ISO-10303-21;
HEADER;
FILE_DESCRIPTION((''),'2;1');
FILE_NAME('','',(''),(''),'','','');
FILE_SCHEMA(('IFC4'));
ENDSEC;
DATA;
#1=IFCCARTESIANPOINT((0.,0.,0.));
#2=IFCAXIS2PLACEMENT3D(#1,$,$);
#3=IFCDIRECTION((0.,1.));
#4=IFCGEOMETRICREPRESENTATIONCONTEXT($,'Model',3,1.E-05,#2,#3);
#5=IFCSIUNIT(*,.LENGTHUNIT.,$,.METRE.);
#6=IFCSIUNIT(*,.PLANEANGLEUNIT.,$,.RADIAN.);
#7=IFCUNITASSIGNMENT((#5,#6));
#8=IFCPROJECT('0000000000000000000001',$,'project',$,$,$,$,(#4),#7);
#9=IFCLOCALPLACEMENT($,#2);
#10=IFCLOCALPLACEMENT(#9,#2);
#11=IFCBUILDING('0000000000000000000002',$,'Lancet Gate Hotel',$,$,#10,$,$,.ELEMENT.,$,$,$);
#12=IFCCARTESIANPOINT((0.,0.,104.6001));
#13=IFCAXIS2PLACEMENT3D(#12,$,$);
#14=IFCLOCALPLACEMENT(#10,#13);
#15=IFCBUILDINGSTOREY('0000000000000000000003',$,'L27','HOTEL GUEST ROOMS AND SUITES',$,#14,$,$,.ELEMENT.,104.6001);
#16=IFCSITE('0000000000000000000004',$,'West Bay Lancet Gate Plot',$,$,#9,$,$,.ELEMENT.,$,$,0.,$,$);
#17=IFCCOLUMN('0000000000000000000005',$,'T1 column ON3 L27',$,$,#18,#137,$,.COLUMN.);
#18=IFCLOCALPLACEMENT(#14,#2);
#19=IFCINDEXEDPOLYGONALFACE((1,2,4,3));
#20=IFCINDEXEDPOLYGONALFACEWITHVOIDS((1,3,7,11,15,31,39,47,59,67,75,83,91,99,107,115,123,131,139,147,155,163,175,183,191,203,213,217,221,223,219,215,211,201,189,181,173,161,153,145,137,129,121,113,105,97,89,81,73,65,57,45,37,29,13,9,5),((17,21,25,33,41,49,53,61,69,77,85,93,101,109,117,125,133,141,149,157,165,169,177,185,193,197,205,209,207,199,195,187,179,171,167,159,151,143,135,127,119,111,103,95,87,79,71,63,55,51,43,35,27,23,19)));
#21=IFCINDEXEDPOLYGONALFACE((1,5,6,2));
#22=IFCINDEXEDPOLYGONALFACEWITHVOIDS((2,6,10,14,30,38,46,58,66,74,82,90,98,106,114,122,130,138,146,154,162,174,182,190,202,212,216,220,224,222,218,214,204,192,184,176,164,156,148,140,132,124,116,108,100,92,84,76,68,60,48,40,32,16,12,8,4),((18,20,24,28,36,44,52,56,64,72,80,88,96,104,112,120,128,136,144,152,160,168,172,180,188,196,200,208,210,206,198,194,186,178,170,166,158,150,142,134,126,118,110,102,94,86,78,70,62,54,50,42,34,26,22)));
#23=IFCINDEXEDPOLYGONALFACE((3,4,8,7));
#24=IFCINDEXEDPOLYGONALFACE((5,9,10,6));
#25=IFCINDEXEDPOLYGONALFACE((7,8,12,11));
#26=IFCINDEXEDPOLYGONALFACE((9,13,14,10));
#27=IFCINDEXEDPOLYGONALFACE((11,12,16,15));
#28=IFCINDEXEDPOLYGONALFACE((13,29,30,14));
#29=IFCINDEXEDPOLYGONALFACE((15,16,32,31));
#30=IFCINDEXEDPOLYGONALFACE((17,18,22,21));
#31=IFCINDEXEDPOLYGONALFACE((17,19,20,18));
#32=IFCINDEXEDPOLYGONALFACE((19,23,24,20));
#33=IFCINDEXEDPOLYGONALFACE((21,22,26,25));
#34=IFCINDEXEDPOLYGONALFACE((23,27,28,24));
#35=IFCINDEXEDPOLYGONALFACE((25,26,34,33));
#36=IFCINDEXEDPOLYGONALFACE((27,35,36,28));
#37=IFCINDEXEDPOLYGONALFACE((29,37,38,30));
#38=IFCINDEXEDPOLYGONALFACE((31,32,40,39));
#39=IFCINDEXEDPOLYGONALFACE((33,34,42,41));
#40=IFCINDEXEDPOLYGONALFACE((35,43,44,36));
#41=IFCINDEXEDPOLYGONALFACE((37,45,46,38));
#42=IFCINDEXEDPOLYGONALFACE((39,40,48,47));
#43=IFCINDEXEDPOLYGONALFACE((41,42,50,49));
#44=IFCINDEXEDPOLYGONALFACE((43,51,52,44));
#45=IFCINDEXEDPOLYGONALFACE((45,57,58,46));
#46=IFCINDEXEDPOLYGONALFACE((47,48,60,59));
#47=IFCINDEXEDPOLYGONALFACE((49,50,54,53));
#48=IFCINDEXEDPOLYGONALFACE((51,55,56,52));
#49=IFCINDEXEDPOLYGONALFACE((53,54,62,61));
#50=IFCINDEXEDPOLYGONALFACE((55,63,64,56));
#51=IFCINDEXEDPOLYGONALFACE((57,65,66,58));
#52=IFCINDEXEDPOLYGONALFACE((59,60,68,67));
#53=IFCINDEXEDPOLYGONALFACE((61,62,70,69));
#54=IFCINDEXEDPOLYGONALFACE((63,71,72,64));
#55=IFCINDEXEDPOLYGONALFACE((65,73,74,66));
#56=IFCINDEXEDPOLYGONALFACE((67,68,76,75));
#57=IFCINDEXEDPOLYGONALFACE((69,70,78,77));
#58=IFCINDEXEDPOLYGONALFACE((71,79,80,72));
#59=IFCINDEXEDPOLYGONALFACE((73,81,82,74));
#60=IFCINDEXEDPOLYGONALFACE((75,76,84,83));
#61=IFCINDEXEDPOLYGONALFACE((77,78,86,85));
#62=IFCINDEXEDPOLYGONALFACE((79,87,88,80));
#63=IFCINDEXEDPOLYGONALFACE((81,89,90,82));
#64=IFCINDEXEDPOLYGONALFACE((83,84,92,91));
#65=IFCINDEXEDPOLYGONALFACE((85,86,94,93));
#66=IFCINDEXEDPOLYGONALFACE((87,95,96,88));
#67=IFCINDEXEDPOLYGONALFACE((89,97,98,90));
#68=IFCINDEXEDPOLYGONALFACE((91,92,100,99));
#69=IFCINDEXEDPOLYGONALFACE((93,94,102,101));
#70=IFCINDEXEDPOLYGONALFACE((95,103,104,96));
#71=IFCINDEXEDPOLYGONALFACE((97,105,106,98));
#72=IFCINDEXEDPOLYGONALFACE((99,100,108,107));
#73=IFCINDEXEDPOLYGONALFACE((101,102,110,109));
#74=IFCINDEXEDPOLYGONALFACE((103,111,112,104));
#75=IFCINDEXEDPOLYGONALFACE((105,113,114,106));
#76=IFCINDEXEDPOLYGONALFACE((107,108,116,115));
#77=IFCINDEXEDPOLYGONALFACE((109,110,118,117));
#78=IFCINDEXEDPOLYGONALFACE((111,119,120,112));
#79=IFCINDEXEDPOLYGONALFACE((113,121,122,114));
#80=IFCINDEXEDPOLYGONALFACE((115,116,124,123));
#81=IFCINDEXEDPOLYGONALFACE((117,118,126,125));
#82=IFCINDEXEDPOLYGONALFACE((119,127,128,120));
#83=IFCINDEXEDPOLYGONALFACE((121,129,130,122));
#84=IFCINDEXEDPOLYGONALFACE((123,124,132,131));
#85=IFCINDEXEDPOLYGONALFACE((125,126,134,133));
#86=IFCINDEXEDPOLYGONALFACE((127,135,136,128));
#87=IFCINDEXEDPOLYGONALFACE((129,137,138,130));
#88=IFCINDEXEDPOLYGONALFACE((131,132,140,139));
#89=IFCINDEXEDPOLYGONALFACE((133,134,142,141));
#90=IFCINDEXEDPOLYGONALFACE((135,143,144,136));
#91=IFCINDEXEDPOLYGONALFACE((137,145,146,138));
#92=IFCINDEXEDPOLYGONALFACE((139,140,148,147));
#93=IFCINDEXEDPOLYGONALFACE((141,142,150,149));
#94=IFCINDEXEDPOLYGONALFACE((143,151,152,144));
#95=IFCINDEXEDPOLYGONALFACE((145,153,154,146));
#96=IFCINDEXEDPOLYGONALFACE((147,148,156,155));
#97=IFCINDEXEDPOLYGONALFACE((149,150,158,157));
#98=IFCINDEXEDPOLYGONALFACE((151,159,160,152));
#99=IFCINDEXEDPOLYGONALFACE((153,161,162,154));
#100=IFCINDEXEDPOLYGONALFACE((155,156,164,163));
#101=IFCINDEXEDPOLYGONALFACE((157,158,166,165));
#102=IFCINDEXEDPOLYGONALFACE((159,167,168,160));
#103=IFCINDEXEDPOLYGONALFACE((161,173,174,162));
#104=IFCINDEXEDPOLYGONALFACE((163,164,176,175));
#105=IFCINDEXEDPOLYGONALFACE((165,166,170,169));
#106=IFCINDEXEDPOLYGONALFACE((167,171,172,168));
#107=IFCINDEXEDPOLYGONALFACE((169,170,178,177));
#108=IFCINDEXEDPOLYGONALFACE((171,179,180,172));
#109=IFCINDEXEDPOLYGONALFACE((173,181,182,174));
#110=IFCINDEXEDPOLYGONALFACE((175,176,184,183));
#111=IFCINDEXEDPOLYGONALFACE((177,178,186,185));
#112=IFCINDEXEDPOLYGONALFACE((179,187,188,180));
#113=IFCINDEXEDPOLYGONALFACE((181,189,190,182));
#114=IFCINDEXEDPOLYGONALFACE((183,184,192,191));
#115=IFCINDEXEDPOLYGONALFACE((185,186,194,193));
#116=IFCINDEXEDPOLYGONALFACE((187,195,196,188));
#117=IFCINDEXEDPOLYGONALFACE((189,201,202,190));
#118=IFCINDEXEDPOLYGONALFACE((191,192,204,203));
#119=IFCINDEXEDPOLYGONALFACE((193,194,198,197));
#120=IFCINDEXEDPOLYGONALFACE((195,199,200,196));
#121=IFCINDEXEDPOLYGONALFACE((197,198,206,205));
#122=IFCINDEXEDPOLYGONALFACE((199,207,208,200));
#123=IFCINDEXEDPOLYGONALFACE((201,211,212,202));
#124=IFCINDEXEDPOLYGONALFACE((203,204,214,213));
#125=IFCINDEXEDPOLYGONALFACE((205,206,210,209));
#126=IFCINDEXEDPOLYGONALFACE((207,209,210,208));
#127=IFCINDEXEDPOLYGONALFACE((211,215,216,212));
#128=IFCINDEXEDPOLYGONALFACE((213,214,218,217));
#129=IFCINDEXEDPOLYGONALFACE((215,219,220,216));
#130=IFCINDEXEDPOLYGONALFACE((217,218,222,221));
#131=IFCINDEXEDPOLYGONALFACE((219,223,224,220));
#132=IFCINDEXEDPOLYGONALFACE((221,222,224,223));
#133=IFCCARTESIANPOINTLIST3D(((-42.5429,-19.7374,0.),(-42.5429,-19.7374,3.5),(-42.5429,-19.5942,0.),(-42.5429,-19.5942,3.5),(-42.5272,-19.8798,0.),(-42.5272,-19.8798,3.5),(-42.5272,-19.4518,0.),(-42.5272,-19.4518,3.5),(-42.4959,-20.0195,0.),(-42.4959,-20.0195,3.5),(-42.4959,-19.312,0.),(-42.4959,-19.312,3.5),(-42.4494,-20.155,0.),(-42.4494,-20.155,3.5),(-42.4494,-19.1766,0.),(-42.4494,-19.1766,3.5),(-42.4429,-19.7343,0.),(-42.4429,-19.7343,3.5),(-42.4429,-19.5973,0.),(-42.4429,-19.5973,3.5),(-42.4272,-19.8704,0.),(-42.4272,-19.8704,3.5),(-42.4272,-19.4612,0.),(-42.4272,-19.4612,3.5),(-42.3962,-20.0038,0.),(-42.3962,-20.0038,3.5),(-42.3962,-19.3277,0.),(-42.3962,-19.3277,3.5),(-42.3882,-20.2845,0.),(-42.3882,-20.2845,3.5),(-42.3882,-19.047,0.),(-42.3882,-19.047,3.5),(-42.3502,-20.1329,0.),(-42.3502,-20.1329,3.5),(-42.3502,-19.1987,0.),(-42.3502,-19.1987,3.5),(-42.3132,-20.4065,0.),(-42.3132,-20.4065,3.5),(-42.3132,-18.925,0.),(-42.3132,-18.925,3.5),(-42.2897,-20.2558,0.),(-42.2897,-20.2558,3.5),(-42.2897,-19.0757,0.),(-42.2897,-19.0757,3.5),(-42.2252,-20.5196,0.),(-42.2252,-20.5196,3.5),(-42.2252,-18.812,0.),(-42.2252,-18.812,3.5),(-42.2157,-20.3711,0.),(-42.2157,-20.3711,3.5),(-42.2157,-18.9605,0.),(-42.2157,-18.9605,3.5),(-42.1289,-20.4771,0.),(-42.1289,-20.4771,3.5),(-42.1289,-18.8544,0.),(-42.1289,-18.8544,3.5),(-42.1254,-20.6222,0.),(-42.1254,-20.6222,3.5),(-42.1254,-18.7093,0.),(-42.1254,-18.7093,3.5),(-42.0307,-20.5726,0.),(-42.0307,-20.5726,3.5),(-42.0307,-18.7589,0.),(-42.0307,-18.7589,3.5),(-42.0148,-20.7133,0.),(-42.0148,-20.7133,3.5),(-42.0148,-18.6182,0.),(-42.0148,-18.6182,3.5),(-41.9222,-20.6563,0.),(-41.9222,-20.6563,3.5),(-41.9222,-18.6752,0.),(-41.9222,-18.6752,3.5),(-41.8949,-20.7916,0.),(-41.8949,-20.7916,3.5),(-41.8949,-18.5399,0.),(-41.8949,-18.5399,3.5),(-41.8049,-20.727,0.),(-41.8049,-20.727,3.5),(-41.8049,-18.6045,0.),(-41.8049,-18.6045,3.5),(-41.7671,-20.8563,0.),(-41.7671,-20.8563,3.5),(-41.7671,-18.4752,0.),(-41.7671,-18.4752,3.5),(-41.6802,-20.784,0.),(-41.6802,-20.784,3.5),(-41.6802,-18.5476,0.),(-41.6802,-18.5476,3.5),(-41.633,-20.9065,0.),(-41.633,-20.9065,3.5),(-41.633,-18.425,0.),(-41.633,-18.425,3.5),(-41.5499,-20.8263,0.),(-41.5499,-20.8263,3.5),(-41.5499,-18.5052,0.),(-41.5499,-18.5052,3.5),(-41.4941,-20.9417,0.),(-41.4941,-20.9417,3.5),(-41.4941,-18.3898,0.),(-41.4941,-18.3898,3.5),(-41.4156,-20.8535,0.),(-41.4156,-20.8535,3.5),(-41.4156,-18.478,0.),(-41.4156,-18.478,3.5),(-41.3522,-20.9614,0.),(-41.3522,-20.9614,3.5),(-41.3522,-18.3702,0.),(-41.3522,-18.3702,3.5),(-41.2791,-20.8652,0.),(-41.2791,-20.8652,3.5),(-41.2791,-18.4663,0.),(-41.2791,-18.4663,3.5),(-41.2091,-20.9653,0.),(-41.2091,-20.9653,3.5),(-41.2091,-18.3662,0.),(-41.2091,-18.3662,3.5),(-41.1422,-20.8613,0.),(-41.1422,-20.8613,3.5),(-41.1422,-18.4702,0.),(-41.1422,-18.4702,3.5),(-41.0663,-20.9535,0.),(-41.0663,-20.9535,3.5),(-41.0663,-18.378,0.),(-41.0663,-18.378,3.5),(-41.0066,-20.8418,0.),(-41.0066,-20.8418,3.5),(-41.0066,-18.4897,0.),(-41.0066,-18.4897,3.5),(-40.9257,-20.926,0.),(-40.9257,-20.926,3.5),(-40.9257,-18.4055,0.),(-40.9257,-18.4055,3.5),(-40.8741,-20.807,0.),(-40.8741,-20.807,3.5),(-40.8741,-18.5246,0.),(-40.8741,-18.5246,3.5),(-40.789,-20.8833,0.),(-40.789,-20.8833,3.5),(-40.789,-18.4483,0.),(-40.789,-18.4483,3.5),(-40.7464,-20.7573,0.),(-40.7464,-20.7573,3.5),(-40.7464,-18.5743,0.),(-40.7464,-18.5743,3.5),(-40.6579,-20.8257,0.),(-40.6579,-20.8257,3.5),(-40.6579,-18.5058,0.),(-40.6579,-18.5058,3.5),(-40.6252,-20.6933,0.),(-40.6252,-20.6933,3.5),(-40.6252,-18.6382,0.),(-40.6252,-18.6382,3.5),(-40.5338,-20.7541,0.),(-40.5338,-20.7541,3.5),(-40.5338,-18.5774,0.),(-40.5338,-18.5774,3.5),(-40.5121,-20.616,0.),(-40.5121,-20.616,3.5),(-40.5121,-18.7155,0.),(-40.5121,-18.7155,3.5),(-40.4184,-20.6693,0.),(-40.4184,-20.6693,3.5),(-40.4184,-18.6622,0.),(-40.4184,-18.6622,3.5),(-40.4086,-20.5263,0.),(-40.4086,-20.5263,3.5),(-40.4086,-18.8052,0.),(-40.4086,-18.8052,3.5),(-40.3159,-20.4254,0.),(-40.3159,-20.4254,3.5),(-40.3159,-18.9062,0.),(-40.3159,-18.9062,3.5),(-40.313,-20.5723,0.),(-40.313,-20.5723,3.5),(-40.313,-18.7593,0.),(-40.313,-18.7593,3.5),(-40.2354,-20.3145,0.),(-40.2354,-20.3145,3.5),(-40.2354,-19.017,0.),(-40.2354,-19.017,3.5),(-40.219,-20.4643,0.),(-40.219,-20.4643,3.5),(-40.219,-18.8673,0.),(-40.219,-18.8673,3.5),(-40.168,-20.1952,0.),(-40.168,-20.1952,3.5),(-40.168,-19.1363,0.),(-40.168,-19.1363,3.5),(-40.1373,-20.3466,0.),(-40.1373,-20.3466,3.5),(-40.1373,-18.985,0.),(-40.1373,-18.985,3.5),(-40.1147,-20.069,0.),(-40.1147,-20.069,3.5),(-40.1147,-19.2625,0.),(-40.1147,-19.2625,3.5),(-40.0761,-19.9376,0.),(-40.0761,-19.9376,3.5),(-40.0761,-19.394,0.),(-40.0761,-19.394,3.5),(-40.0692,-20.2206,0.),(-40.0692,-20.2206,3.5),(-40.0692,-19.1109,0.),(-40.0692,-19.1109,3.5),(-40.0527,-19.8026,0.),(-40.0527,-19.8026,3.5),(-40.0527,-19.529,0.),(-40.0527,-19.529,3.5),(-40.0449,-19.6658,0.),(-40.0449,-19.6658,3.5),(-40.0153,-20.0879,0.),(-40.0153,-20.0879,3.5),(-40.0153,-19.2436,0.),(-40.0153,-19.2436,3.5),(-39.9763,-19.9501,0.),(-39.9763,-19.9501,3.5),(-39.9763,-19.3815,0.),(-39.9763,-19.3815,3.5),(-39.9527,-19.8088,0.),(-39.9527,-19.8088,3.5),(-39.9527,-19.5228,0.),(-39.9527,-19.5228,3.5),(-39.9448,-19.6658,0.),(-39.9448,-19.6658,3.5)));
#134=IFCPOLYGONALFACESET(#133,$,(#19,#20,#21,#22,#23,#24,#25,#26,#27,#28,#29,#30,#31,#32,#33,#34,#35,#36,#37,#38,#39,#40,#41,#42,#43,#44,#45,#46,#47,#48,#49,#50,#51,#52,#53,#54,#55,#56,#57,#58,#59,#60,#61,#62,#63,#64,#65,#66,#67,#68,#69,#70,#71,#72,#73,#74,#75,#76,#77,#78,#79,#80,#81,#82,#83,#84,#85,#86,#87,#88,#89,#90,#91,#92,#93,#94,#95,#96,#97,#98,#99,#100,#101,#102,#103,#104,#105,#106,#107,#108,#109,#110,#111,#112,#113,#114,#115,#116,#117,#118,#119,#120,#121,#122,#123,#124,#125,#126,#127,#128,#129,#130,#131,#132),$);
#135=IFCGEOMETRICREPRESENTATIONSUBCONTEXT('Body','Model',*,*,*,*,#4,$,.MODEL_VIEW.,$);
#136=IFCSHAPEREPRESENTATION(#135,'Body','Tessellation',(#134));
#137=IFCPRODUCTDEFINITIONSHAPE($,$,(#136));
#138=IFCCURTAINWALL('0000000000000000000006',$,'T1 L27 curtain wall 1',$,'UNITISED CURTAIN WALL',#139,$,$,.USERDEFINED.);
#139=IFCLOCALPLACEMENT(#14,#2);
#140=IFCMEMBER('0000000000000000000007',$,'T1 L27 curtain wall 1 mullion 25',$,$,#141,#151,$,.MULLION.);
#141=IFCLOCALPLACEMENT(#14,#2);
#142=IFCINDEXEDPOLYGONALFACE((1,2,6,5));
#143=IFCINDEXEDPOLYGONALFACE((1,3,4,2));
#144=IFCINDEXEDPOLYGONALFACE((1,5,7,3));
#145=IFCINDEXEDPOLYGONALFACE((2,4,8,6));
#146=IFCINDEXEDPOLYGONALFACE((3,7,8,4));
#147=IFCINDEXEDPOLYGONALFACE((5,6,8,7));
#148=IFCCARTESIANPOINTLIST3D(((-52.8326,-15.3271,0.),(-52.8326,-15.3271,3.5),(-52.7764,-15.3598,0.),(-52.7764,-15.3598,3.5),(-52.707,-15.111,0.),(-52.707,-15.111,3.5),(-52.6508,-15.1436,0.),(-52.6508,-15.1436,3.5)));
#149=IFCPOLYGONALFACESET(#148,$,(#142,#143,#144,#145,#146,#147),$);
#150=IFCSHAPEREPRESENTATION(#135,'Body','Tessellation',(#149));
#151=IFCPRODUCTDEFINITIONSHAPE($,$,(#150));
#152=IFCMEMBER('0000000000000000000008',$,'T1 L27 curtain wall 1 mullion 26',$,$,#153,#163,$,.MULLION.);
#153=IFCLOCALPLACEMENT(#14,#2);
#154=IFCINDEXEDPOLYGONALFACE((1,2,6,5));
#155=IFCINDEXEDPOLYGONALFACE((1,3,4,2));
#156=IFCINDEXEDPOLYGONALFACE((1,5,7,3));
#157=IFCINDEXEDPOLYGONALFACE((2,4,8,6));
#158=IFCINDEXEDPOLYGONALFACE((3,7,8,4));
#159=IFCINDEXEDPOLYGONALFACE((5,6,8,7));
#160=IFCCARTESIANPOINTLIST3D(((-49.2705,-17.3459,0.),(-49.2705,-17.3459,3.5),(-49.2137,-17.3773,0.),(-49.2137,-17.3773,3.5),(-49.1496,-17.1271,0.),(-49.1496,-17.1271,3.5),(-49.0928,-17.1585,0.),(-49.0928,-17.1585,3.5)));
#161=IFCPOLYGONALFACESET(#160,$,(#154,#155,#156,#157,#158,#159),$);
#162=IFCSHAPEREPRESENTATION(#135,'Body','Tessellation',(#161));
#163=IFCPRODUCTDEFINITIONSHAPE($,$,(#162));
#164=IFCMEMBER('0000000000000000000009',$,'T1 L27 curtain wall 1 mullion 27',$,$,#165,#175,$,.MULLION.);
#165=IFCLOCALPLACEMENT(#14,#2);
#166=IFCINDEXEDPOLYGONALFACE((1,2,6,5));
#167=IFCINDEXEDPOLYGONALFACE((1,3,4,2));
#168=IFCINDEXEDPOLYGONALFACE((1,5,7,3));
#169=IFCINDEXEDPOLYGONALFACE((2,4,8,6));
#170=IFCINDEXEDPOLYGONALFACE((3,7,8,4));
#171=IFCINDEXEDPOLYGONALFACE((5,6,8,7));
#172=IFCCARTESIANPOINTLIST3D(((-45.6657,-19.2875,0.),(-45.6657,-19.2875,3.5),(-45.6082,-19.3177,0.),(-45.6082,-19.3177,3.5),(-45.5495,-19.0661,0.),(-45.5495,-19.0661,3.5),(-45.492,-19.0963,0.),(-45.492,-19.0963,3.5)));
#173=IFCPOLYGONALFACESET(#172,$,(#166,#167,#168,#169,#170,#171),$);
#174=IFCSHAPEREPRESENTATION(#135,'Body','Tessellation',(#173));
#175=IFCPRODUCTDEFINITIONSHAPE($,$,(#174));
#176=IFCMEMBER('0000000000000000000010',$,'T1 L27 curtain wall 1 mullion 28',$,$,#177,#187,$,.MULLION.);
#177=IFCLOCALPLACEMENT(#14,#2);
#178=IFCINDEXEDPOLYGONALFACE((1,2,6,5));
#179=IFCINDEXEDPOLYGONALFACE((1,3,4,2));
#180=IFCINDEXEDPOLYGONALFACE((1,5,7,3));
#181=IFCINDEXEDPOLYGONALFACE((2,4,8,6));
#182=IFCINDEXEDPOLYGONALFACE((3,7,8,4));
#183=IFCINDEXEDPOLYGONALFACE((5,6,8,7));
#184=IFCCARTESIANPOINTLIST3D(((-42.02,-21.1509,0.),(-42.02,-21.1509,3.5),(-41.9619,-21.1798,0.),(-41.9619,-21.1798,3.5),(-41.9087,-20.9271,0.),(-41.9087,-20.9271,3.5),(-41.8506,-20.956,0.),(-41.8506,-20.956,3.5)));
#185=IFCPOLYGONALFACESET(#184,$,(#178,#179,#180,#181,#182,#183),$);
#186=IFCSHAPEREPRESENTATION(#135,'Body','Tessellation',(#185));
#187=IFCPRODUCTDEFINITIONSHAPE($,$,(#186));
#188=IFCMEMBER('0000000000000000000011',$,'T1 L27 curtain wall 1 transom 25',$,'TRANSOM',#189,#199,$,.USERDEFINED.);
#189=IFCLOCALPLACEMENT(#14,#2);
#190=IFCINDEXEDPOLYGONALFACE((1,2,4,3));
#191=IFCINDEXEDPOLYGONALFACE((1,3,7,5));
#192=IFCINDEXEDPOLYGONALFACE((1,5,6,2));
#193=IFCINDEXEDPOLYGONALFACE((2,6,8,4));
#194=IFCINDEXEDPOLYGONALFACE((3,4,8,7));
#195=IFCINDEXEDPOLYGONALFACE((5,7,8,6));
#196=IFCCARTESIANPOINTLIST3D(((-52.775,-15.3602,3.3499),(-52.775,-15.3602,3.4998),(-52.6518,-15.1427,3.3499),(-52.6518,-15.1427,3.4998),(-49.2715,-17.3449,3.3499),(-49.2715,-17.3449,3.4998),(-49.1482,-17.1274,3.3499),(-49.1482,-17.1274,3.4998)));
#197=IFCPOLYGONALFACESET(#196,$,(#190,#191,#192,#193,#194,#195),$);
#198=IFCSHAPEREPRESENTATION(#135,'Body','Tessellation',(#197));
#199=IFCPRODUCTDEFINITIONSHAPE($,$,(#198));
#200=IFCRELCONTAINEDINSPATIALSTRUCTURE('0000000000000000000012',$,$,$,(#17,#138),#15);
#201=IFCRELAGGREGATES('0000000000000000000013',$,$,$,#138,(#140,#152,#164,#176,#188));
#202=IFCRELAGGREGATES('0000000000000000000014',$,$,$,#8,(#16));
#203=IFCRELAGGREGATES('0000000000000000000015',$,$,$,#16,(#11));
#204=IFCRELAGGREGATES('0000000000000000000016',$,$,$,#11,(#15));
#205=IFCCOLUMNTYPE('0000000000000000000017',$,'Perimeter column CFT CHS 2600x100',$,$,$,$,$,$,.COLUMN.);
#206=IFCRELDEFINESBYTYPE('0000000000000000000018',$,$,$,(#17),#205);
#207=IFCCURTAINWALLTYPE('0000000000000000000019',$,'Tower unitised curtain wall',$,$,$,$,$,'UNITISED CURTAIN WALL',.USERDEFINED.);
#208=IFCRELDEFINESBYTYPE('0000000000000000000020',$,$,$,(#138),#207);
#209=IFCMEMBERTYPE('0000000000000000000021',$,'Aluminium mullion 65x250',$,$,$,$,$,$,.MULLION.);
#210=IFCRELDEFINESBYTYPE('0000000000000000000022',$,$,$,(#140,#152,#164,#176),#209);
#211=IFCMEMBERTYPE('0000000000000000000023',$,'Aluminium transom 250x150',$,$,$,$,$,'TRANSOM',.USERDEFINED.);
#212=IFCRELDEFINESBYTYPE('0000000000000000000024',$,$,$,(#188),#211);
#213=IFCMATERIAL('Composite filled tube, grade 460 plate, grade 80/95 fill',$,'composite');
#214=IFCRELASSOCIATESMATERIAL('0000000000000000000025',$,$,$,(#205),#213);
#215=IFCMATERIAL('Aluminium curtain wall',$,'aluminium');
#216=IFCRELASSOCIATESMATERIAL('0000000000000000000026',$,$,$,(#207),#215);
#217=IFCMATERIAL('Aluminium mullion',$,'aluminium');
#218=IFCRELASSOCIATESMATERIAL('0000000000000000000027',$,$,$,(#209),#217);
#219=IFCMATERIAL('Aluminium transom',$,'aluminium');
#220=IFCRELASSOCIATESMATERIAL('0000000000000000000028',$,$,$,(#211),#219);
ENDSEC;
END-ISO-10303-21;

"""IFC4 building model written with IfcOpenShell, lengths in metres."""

from ifc_helpers import new_model, si_unit, direction, frame, origin, origin_2d, place, context, subcontext, project, spatial, rectangle, hollow_circle, extrude, material, material_profile, profile_set, type_object, element, aggregate, save


model = new_model("IFC4")

# Units and contexts
model_context = context("Model", 3, precision=1e-05, world=origin(), true_north=direction((0.0, 1.0)))
body_context = subcontext(model_context, "Body", "Model", "MODEL_VIEW")
ifc_project = project(units=[si_unit("LENGTHUNIT", "METRE"), si_unit("PLANEANGLEUNIT", "RADIAN")], contexts=[model_context])

# Site, building, storey
site_placement = place(None, origin())
site = spatial("IfcSite", under=ifc_project, at=site_placement, Name="West Bay Lancet Gate Plot", CompositionType="ELEMENT", RefElevation=0.0)
building_placement = place(site_placement, origin())
building = spatial("IfcBuilding", under=site, at=building_placement, Name="Lancet Gate Hotel", CompositionType="ELEMENT")
storey_placement = place(building_placement, frame((0.0, 0.0, 104.6001)))
storey = spatial("IfcBuildingStorey", under=building, at=storey_placement, Name="L27", Description="HOTEL GUEST ROOMS AND SUITES", CompositionType="ELEMENT", Elevation=104.6001)

# Column
ifc_material_1 = material(Name="Composite filled tube, grade 460 plate, grade 80/95 fill", Category="composite")
ifc_material_profile_1 = material_profile(ifc_material_1, hollow_circle(Radius=1.3, WallThickness=0.1001, at=origin_2d()), Name="CHS 2600x100")
ifc_profile_set_1 = profile_set([ifc_material_profile_1], Name="Composite filled tube, grade 460 plate, grade 80/95 fill")
column_type = type_object("IfcColumnType", Name="Perimeter column CFT CHS 2600x100", PredefinedType="COLUMN", material=ifc_profile_set_1)
for number, where, z_axis, x_axis, name in (
    (1, (-41.2449, -19.6658, 0.0), (0.0, 0.0, 1.0), (1.0, 0.0, 0.0), "T1 column ON3 L27"),
):
    element("IfcColumn", number, at=place(storey_placement, frame(where, z_axis=z_axis, x_axis=x_axis)), inside=storey, type_object=column_type, Name=name, PredefinedType="COLUMN", context=body_context, shape_type="SweptSolid", body=[
        extrude(hollow_circle(Radius=1.3, WallThickness=0.1001, at=origin_2d()), origin(), (0.0, 0.0, 1.0), 3.5),
    ])

# Curtain wall, members
ifc_material_2 = material(Name="Aluminium curtain wall", Category="aluminium")
curtain_wall_type = type_object("IfcCurtainWallType", Name="Tower unitised curtain wall", ElementType="UNITISED CURTAIN WALL", PredefinedType="USERDEFINED", material=ifc_material_2)
curtain_wall_placement = place(storey_placement, origin())
curtain_wall = element("IfcCurtainWall", 2, at=curtain_wall_placement, inside=storey, type_object=curtain_wall_type, Name="T1 L27 curtain wall 1", ObjectType="UNITISED CURTAIN WALL", PredefinedType="USERDEFINED")
ifc_material_3 = material(Name="Aluminium mullion", Category="aluminium")
ifc_material_profile_2 = material_profile(ifc_material_3, rectangle(XDim=0.0649, YDim=0.25, at=origin_2d()), Name="MULLION 65x250")
ifc_profile_set_2 = profile_set([ifc_material_profile_2], Name="Aluminium mullion")
member_type_1 = type_object("IfcMemberType", Name="Aluminium mullion 65x250", PredefinedType="MULLION", material=ifc_profile_set_2)
member_1_placement = place(storey_placement, frame((-52.7417, -15.2354, 0.0), z_axis=(0.0, 0.0, 1.0), x_axis=(0.864728, -0.502241, 0.0)))
member_1 = element("IfcMember", 3, at=member_1_placement, type_object=member_type_1, Name="T1 L27 curtain wall 1 mullion 25", PredefinedType="MULLION", context=body_context, shape_type="SweptSolid", body=[
    extrude(rectangle(XDim=0.0649, YDim=0.25, at=origin_2d()), origin(), (0.0, 0.0, 1.0), 3.5),
])
member_2_placement = place(storey_placement, frame((-49.1816, -17.2522, 0.0), z_axis=(0.0, 0.0, 1.0), x_axis=(0.875339, -0.48351, 0.0)))
member_2 = element("IfcMember", 4, at=member_2_placement, type_object=member_type_1, Name="T1 L27 curtain wall 1 mullion 26", PredefinedType="MULLION", context=body_context, shape_type="SweptSolid", body=[
    extrude(rectangle(XDim=0.0649, YDim=0.25, at=origin_2d()), origin(), (0.0, 0.0, 1.0), 3.5),
])
member_3_placement = place(storey_placement, frame((-45.5789, -19.1919, 0.0), z_axis=(0.0, 0.0, 1.0), x_axis=(0.885544, -0.464555, 0.0)))
member_3 = element("IfcMember", 5, at=member_3_placement, type_object=member_type_1, Name="T1 L27 curtain wall 1 mullion 27", PredefinedType="MULLION", context=body_context, shape_type="SweptSolid", body=[
    extrude(rectangle(XDim=0.0649, YDim=0.25, at=origin_2d()), origin(), (0.0, 0.0, 1.0), 3.5),
])
member_4_placement = place(storey_placement, frame((-41.9353, -21.0535, 0.0), z_axis=(0.0, 0.0, 1.0), x_axis=(0.895339, -0.445384, 0.0)))
member_4 = element("IfcMember", 6, at=member_4_placement, type_object=member_type_1, Name="T1 L27 curtain wall 1 mullion 28", PredefinedType="MULLION", context=body_context, shape_type="SweptSolid", body=[
    extrude(rectangle(XDim=0.0649, YDim=0.25, at=origin_2d()), origin(), (0.0, 0.0, 1.0), 3.5),
])
ifc_material_4 = material(Name="Aluminium transom", Category="aluminium")
ifc_material_profile_3 = material_profile(ifc_material_4, rectangle(XDim=0.25, YDim=0.1499, at=origin_2d()), Name="TRANSOM 250x150")
ifc_profile_set_3 = profile_set([ifc_material_profile_3], Name="Aluminium transom")
member_type_2 = type_object("IfcMemberType", Name="Aluminium transom 250x150", ElementType="TRANSOM", PredefinedType="USERDEFINED", material=ifc_profile_set_3)
member_5_placement = place(storey_placement, frame((-52.7134, -15.2515, 3.4248), z_axis=(0.870092, -0.49289, 0.0), x_axis=(0.49289, 0.870092, 0.0)))
member_5 = element("IfcMember", 7, at=member_5_placement, type_object=member_type_2, Name="T1 L27 curtain wall 1 transom 25", ObjectType="TRANSOM", PredefinedType="USERDEFINED", context=body_context, shape_type="SweptSolid", body=[
    extrude(rectangle(XDim=0.25, YDim=0.1499, at=origin_2d()), origin(), (0.0, 0.0, 1.0), 4.0266),
])

aggregate(curtain_wall, [member_1, member_2, member_3, member_4, member_5])

save(model, "model.ifc")
